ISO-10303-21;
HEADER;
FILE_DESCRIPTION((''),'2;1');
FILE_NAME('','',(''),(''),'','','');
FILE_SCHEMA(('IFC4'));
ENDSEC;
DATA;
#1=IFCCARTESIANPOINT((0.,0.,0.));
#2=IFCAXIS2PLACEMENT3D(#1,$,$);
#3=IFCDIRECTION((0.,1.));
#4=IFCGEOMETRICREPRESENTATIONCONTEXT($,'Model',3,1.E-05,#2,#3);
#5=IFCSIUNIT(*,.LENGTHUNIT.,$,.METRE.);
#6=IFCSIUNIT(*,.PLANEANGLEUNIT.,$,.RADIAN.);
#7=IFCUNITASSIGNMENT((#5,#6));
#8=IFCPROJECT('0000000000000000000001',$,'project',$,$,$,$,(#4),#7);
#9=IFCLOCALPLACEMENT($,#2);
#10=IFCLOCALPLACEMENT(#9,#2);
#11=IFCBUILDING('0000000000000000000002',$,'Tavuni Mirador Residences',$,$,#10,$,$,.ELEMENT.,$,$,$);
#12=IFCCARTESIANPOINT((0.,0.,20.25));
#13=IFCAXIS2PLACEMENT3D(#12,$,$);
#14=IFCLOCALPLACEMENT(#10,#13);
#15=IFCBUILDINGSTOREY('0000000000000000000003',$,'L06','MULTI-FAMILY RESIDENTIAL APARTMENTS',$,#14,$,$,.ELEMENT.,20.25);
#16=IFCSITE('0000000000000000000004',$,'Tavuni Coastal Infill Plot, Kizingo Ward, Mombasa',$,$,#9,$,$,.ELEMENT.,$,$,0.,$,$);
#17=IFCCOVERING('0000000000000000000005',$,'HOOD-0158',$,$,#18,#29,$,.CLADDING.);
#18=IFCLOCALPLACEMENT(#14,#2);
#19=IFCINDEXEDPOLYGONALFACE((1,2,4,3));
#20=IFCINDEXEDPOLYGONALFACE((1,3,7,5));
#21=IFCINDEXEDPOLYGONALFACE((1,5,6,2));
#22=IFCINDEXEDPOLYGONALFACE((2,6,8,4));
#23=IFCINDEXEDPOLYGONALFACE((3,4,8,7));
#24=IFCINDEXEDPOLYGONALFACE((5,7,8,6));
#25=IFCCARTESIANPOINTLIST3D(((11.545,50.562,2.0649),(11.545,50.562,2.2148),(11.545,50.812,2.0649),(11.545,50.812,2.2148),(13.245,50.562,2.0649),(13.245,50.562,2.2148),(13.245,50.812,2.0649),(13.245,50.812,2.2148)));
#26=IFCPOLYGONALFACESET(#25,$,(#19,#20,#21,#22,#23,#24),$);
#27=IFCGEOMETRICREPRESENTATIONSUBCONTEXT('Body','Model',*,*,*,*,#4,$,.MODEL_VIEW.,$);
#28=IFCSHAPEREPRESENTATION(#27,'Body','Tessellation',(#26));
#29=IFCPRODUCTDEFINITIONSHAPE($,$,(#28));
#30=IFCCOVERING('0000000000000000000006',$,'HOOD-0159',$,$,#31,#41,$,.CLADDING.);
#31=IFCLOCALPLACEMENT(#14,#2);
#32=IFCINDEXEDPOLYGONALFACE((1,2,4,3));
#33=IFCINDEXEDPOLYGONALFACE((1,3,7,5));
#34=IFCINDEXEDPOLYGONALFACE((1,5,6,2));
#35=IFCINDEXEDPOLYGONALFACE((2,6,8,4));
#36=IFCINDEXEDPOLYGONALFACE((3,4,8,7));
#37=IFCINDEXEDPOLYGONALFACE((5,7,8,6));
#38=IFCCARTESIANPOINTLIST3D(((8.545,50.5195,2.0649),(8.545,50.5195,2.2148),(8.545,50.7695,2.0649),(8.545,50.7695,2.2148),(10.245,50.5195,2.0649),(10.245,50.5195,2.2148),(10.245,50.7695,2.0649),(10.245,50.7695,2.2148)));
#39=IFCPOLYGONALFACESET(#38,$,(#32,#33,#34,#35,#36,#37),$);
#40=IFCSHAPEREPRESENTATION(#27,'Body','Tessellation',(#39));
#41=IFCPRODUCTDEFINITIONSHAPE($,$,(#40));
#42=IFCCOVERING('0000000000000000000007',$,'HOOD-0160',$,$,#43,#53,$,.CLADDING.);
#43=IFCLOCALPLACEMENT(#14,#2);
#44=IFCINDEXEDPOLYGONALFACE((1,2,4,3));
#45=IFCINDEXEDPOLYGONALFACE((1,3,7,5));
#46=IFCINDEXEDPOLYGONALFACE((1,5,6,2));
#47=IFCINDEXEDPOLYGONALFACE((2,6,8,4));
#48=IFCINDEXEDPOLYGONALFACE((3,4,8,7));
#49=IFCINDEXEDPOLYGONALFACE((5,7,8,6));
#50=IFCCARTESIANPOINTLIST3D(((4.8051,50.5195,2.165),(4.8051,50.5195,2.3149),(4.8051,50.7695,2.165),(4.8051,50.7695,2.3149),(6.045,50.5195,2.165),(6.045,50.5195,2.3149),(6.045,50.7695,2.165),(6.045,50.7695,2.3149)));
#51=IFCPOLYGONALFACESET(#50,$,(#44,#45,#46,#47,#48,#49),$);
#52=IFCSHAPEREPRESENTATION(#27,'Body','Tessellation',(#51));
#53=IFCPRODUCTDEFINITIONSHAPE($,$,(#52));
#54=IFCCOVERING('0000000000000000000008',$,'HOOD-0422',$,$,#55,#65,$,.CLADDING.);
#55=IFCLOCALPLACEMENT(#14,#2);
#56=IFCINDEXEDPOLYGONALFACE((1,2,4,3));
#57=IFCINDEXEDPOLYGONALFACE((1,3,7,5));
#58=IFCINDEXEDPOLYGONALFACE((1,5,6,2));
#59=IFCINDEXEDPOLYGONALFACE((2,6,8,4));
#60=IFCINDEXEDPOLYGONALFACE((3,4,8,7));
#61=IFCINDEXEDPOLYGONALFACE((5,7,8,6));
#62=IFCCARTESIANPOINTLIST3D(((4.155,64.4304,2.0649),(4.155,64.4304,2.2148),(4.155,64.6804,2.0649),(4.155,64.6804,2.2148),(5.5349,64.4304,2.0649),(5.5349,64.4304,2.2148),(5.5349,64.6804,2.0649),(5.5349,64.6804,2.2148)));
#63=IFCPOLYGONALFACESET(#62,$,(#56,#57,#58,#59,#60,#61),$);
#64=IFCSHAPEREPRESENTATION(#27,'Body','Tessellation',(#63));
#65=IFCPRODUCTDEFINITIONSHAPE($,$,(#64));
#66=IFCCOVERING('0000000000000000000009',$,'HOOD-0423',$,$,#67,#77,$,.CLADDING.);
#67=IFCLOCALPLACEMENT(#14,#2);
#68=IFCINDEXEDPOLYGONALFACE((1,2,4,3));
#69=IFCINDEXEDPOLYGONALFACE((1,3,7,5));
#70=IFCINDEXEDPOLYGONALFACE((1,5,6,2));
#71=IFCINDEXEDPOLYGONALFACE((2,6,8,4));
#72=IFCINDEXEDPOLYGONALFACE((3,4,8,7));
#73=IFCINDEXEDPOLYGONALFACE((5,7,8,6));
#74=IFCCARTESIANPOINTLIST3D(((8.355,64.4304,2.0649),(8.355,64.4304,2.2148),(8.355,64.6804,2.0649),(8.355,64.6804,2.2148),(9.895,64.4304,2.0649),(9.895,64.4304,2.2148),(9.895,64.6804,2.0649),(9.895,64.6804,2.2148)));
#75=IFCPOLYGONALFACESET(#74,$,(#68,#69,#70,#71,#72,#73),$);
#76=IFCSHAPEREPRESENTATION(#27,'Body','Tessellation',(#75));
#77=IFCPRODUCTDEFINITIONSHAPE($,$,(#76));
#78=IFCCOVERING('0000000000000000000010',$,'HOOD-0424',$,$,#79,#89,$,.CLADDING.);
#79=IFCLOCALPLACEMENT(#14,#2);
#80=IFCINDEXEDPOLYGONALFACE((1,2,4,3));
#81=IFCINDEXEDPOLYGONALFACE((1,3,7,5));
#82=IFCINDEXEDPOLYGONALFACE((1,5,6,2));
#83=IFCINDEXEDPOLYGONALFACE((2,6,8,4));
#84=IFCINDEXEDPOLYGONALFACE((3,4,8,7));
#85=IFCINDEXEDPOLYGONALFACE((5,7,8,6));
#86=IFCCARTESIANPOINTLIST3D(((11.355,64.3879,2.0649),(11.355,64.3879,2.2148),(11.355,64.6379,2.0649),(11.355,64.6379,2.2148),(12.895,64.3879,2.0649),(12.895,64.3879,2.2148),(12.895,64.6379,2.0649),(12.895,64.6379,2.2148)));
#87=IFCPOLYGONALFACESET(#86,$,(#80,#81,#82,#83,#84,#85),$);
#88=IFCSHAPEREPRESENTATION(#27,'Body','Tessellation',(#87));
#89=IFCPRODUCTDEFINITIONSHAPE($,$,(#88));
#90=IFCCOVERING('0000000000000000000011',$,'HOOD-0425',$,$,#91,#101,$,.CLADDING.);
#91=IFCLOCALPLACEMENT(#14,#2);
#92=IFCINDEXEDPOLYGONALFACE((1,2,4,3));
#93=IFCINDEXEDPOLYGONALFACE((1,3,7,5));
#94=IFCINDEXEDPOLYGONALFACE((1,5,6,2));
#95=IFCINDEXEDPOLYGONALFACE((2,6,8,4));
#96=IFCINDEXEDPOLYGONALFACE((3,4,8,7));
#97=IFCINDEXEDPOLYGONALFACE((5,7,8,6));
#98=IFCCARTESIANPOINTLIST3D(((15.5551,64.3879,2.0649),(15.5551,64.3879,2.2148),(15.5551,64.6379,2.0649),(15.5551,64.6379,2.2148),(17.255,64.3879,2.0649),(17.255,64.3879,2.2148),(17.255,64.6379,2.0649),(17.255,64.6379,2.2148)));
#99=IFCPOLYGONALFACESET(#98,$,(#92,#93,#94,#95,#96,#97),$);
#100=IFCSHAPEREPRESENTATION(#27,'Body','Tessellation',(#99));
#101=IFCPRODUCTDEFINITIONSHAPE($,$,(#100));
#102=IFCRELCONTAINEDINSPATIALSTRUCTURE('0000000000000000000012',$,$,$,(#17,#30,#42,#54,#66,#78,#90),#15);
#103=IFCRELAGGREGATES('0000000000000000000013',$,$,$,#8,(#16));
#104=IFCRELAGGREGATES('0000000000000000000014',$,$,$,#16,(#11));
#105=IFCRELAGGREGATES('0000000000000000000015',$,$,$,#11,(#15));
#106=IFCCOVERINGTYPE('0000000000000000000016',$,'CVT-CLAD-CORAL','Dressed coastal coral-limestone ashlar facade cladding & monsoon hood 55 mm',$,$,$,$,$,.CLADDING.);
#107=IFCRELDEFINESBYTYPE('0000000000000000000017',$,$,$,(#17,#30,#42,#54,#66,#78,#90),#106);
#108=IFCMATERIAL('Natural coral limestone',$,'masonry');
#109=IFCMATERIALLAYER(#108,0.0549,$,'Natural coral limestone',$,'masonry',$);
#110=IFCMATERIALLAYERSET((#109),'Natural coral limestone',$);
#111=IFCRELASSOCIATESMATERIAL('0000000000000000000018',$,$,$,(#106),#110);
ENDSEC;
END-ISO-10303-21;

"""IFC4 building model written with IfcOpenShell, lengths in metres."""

from ifc_helpers import new_model, si_unit, direction, frame, origin, origin_2d, place, context, subcontext, project, spatial, rectangle, extrude, material, layer, layer_set, type_object, element, save


model = new_model("IFC4")

# Units and contexts
model_context = context("Model", 3, precision=1e-05, world=origin(), true_north=direction((0.0, 1.0)))
body_context = subcontext(model_context, "Body", "Model", "MODEL_VIEW")
ifc_project = project(units=[si_unit("LENGTHUNIT", "METRE"), si_unit("PLANEANGLEUNIT", "RADIAN")], contexts=[model_context])

# Site, building, storey
site_placement = place(None, origin())
site = spatial("IfcSite", under=ifc_project, at=site_placement, Name="Tavuni Coastal Infill Plot, Kizingo Ward, Mombasa", CompositionType="ELEMENT", RefElevation=0.0)
building_placement = place(site_placement, origin())
building = spatial("IfcBuilding", under=site, at=building_placement, Name="Tavuni Mirador Residences", CompositionType="ELEMENT")
storey_placement = place(building_placement, frame((0.0, 0.0, 20.25)))
storey = spatial("IfcBuildingStorey", under=building, at=storey_placement, Name="L06", Description="MULTI-FAMILY RESIDENTIAL APARTMENTS", CompositionType="ELEMENT", Elevation=20.25)

# Coverings
ifc_material_1 = material(Name="Natural coral limestone", Category="masonry")
ifc_layer_1 = layer(ifc_material_1, 0.0549, Name="Natural coral limestone", Category="masonry")
ifc_layer_set_1 = layer_set([ifc_layer_1], Name="Natural coral limestone")
covering_type = type_object("IfcCoveringType", Name="CVT-CLAD-CORAL", Description="Dressed coastal coral-limestone ashlar facade cladding & monsoon hood 55 mm", PredefinedType="CLADDING", material=ifc_layer_set_1)
for number, where, z_axis, x_axis, name in (
    (1, (12.395, 50.687, 2.0649), (0.0, 0.0, 1.0), (-1.0, 0.0, 0.0), "HOOD-0158"),
    (2, (9.395, 50.6445, 2.0649), (0.0, 0.0, 1.0), (-1.0, 0.0, 0.0), "HOOD-0159"),
):
    element("IfcCovering", number, at=place(storey_placement, frame(where, z_axis=z_axis, x_axis=x_axis)), inside=storey, type_object=covering_type, Name=name, PredefinedType="CLADDING", context=body_context, shape_type="SweptSolid", body=[
        extrude(rectangle(XDim=1.7, YDim=0.25, at=origin_2d()), origin(), (0.0, 0.0, 1.0), 0.1499),
    ])
covering_1_placement = place(storey_placement, frame((5.425, 50.6445, 2.165), z_axis=(0.0, 0.0, 1.0), x_axis=(-1.0, 0.0, 0.0)))
element("IfcCovering", 3, at=covering_1_placement, inside=storey, type_object=covering_type, Name="HOOD-0160", PredefinedType="CLADDING", context=body_context, shape_type="SweptSolid", body=[
    extrude(rectangle(XDim=1.24, YDim=0.25, at=origin_2d()), origin(), (0.0, 0.0, 1.0), 0.1499),
])
covering_2_placement = place(storey_placement, frame((4.845, 64.5554, 2.0649), z_axis=(0.0, 0.0, 1.0), x_axis=(1.0, 0.0, 0.0)))
element("IfcCovering", 4, at=covering_2_placement, inside=storey, type_object=covering_type, Name="HOOD-0422", PredefinedType="CLADDING", context=body_context, shape_type="SweptSolid", body=[
    extrude(rectangle(XDim=1.3799, YDim=0.25, at=origin_2d()), origin(), (0.0, 0.0, 1.0), 0.1499),
])
for number, where, z_axis, x_axis, name in (
    (5, (9.125, 64.5554, 2.0649), (0.0, 0.0, 1.0), (1.0, 0.0, 0.0), "HOOD-0423"),
    (6, (12.125, 64.5129, 2.0649), (0.0, 0.0, 1.0), (1.0, 0.0, 0.0), "HOOD-0424"),
):
    element("IfcCovering", number, at=place(storey_placement, frame(where, z_axis=z_axis, x_axis=x_axis)), inside=storey, type_object=covering_type, Name=name, PredefinedType="CLADDING", context=body_context, shape_type="SweptSolid", body=[
        extrude(rectangle(XDim=1.54, YDim=0.25, at=origin_2d()), origin(), (0.0, 0.0, 1.0), 0.1499),
    ])
covering_3_placement = place(storey_placement, frame((16.405, 64.5129, 2.0649), z_axis=(0.0, 0.0, 1.0), x_axis=(1.0, 0.0, 0.0)))
element("IfcCovering", 7, at=covering_3_placement, inside=storey, type_object=covering_type, Name="HOOD-0425", PredefinedType="CLADDING", context=body_context, shape_type="SweptSolid", body=[
    extrude(rectangle(XDim=1.7, YDim=0.25, at=origin_2d()), origin(), (0.0, 0.0, 1.0), 0.1499),
])

save(model, "model.ifc")
